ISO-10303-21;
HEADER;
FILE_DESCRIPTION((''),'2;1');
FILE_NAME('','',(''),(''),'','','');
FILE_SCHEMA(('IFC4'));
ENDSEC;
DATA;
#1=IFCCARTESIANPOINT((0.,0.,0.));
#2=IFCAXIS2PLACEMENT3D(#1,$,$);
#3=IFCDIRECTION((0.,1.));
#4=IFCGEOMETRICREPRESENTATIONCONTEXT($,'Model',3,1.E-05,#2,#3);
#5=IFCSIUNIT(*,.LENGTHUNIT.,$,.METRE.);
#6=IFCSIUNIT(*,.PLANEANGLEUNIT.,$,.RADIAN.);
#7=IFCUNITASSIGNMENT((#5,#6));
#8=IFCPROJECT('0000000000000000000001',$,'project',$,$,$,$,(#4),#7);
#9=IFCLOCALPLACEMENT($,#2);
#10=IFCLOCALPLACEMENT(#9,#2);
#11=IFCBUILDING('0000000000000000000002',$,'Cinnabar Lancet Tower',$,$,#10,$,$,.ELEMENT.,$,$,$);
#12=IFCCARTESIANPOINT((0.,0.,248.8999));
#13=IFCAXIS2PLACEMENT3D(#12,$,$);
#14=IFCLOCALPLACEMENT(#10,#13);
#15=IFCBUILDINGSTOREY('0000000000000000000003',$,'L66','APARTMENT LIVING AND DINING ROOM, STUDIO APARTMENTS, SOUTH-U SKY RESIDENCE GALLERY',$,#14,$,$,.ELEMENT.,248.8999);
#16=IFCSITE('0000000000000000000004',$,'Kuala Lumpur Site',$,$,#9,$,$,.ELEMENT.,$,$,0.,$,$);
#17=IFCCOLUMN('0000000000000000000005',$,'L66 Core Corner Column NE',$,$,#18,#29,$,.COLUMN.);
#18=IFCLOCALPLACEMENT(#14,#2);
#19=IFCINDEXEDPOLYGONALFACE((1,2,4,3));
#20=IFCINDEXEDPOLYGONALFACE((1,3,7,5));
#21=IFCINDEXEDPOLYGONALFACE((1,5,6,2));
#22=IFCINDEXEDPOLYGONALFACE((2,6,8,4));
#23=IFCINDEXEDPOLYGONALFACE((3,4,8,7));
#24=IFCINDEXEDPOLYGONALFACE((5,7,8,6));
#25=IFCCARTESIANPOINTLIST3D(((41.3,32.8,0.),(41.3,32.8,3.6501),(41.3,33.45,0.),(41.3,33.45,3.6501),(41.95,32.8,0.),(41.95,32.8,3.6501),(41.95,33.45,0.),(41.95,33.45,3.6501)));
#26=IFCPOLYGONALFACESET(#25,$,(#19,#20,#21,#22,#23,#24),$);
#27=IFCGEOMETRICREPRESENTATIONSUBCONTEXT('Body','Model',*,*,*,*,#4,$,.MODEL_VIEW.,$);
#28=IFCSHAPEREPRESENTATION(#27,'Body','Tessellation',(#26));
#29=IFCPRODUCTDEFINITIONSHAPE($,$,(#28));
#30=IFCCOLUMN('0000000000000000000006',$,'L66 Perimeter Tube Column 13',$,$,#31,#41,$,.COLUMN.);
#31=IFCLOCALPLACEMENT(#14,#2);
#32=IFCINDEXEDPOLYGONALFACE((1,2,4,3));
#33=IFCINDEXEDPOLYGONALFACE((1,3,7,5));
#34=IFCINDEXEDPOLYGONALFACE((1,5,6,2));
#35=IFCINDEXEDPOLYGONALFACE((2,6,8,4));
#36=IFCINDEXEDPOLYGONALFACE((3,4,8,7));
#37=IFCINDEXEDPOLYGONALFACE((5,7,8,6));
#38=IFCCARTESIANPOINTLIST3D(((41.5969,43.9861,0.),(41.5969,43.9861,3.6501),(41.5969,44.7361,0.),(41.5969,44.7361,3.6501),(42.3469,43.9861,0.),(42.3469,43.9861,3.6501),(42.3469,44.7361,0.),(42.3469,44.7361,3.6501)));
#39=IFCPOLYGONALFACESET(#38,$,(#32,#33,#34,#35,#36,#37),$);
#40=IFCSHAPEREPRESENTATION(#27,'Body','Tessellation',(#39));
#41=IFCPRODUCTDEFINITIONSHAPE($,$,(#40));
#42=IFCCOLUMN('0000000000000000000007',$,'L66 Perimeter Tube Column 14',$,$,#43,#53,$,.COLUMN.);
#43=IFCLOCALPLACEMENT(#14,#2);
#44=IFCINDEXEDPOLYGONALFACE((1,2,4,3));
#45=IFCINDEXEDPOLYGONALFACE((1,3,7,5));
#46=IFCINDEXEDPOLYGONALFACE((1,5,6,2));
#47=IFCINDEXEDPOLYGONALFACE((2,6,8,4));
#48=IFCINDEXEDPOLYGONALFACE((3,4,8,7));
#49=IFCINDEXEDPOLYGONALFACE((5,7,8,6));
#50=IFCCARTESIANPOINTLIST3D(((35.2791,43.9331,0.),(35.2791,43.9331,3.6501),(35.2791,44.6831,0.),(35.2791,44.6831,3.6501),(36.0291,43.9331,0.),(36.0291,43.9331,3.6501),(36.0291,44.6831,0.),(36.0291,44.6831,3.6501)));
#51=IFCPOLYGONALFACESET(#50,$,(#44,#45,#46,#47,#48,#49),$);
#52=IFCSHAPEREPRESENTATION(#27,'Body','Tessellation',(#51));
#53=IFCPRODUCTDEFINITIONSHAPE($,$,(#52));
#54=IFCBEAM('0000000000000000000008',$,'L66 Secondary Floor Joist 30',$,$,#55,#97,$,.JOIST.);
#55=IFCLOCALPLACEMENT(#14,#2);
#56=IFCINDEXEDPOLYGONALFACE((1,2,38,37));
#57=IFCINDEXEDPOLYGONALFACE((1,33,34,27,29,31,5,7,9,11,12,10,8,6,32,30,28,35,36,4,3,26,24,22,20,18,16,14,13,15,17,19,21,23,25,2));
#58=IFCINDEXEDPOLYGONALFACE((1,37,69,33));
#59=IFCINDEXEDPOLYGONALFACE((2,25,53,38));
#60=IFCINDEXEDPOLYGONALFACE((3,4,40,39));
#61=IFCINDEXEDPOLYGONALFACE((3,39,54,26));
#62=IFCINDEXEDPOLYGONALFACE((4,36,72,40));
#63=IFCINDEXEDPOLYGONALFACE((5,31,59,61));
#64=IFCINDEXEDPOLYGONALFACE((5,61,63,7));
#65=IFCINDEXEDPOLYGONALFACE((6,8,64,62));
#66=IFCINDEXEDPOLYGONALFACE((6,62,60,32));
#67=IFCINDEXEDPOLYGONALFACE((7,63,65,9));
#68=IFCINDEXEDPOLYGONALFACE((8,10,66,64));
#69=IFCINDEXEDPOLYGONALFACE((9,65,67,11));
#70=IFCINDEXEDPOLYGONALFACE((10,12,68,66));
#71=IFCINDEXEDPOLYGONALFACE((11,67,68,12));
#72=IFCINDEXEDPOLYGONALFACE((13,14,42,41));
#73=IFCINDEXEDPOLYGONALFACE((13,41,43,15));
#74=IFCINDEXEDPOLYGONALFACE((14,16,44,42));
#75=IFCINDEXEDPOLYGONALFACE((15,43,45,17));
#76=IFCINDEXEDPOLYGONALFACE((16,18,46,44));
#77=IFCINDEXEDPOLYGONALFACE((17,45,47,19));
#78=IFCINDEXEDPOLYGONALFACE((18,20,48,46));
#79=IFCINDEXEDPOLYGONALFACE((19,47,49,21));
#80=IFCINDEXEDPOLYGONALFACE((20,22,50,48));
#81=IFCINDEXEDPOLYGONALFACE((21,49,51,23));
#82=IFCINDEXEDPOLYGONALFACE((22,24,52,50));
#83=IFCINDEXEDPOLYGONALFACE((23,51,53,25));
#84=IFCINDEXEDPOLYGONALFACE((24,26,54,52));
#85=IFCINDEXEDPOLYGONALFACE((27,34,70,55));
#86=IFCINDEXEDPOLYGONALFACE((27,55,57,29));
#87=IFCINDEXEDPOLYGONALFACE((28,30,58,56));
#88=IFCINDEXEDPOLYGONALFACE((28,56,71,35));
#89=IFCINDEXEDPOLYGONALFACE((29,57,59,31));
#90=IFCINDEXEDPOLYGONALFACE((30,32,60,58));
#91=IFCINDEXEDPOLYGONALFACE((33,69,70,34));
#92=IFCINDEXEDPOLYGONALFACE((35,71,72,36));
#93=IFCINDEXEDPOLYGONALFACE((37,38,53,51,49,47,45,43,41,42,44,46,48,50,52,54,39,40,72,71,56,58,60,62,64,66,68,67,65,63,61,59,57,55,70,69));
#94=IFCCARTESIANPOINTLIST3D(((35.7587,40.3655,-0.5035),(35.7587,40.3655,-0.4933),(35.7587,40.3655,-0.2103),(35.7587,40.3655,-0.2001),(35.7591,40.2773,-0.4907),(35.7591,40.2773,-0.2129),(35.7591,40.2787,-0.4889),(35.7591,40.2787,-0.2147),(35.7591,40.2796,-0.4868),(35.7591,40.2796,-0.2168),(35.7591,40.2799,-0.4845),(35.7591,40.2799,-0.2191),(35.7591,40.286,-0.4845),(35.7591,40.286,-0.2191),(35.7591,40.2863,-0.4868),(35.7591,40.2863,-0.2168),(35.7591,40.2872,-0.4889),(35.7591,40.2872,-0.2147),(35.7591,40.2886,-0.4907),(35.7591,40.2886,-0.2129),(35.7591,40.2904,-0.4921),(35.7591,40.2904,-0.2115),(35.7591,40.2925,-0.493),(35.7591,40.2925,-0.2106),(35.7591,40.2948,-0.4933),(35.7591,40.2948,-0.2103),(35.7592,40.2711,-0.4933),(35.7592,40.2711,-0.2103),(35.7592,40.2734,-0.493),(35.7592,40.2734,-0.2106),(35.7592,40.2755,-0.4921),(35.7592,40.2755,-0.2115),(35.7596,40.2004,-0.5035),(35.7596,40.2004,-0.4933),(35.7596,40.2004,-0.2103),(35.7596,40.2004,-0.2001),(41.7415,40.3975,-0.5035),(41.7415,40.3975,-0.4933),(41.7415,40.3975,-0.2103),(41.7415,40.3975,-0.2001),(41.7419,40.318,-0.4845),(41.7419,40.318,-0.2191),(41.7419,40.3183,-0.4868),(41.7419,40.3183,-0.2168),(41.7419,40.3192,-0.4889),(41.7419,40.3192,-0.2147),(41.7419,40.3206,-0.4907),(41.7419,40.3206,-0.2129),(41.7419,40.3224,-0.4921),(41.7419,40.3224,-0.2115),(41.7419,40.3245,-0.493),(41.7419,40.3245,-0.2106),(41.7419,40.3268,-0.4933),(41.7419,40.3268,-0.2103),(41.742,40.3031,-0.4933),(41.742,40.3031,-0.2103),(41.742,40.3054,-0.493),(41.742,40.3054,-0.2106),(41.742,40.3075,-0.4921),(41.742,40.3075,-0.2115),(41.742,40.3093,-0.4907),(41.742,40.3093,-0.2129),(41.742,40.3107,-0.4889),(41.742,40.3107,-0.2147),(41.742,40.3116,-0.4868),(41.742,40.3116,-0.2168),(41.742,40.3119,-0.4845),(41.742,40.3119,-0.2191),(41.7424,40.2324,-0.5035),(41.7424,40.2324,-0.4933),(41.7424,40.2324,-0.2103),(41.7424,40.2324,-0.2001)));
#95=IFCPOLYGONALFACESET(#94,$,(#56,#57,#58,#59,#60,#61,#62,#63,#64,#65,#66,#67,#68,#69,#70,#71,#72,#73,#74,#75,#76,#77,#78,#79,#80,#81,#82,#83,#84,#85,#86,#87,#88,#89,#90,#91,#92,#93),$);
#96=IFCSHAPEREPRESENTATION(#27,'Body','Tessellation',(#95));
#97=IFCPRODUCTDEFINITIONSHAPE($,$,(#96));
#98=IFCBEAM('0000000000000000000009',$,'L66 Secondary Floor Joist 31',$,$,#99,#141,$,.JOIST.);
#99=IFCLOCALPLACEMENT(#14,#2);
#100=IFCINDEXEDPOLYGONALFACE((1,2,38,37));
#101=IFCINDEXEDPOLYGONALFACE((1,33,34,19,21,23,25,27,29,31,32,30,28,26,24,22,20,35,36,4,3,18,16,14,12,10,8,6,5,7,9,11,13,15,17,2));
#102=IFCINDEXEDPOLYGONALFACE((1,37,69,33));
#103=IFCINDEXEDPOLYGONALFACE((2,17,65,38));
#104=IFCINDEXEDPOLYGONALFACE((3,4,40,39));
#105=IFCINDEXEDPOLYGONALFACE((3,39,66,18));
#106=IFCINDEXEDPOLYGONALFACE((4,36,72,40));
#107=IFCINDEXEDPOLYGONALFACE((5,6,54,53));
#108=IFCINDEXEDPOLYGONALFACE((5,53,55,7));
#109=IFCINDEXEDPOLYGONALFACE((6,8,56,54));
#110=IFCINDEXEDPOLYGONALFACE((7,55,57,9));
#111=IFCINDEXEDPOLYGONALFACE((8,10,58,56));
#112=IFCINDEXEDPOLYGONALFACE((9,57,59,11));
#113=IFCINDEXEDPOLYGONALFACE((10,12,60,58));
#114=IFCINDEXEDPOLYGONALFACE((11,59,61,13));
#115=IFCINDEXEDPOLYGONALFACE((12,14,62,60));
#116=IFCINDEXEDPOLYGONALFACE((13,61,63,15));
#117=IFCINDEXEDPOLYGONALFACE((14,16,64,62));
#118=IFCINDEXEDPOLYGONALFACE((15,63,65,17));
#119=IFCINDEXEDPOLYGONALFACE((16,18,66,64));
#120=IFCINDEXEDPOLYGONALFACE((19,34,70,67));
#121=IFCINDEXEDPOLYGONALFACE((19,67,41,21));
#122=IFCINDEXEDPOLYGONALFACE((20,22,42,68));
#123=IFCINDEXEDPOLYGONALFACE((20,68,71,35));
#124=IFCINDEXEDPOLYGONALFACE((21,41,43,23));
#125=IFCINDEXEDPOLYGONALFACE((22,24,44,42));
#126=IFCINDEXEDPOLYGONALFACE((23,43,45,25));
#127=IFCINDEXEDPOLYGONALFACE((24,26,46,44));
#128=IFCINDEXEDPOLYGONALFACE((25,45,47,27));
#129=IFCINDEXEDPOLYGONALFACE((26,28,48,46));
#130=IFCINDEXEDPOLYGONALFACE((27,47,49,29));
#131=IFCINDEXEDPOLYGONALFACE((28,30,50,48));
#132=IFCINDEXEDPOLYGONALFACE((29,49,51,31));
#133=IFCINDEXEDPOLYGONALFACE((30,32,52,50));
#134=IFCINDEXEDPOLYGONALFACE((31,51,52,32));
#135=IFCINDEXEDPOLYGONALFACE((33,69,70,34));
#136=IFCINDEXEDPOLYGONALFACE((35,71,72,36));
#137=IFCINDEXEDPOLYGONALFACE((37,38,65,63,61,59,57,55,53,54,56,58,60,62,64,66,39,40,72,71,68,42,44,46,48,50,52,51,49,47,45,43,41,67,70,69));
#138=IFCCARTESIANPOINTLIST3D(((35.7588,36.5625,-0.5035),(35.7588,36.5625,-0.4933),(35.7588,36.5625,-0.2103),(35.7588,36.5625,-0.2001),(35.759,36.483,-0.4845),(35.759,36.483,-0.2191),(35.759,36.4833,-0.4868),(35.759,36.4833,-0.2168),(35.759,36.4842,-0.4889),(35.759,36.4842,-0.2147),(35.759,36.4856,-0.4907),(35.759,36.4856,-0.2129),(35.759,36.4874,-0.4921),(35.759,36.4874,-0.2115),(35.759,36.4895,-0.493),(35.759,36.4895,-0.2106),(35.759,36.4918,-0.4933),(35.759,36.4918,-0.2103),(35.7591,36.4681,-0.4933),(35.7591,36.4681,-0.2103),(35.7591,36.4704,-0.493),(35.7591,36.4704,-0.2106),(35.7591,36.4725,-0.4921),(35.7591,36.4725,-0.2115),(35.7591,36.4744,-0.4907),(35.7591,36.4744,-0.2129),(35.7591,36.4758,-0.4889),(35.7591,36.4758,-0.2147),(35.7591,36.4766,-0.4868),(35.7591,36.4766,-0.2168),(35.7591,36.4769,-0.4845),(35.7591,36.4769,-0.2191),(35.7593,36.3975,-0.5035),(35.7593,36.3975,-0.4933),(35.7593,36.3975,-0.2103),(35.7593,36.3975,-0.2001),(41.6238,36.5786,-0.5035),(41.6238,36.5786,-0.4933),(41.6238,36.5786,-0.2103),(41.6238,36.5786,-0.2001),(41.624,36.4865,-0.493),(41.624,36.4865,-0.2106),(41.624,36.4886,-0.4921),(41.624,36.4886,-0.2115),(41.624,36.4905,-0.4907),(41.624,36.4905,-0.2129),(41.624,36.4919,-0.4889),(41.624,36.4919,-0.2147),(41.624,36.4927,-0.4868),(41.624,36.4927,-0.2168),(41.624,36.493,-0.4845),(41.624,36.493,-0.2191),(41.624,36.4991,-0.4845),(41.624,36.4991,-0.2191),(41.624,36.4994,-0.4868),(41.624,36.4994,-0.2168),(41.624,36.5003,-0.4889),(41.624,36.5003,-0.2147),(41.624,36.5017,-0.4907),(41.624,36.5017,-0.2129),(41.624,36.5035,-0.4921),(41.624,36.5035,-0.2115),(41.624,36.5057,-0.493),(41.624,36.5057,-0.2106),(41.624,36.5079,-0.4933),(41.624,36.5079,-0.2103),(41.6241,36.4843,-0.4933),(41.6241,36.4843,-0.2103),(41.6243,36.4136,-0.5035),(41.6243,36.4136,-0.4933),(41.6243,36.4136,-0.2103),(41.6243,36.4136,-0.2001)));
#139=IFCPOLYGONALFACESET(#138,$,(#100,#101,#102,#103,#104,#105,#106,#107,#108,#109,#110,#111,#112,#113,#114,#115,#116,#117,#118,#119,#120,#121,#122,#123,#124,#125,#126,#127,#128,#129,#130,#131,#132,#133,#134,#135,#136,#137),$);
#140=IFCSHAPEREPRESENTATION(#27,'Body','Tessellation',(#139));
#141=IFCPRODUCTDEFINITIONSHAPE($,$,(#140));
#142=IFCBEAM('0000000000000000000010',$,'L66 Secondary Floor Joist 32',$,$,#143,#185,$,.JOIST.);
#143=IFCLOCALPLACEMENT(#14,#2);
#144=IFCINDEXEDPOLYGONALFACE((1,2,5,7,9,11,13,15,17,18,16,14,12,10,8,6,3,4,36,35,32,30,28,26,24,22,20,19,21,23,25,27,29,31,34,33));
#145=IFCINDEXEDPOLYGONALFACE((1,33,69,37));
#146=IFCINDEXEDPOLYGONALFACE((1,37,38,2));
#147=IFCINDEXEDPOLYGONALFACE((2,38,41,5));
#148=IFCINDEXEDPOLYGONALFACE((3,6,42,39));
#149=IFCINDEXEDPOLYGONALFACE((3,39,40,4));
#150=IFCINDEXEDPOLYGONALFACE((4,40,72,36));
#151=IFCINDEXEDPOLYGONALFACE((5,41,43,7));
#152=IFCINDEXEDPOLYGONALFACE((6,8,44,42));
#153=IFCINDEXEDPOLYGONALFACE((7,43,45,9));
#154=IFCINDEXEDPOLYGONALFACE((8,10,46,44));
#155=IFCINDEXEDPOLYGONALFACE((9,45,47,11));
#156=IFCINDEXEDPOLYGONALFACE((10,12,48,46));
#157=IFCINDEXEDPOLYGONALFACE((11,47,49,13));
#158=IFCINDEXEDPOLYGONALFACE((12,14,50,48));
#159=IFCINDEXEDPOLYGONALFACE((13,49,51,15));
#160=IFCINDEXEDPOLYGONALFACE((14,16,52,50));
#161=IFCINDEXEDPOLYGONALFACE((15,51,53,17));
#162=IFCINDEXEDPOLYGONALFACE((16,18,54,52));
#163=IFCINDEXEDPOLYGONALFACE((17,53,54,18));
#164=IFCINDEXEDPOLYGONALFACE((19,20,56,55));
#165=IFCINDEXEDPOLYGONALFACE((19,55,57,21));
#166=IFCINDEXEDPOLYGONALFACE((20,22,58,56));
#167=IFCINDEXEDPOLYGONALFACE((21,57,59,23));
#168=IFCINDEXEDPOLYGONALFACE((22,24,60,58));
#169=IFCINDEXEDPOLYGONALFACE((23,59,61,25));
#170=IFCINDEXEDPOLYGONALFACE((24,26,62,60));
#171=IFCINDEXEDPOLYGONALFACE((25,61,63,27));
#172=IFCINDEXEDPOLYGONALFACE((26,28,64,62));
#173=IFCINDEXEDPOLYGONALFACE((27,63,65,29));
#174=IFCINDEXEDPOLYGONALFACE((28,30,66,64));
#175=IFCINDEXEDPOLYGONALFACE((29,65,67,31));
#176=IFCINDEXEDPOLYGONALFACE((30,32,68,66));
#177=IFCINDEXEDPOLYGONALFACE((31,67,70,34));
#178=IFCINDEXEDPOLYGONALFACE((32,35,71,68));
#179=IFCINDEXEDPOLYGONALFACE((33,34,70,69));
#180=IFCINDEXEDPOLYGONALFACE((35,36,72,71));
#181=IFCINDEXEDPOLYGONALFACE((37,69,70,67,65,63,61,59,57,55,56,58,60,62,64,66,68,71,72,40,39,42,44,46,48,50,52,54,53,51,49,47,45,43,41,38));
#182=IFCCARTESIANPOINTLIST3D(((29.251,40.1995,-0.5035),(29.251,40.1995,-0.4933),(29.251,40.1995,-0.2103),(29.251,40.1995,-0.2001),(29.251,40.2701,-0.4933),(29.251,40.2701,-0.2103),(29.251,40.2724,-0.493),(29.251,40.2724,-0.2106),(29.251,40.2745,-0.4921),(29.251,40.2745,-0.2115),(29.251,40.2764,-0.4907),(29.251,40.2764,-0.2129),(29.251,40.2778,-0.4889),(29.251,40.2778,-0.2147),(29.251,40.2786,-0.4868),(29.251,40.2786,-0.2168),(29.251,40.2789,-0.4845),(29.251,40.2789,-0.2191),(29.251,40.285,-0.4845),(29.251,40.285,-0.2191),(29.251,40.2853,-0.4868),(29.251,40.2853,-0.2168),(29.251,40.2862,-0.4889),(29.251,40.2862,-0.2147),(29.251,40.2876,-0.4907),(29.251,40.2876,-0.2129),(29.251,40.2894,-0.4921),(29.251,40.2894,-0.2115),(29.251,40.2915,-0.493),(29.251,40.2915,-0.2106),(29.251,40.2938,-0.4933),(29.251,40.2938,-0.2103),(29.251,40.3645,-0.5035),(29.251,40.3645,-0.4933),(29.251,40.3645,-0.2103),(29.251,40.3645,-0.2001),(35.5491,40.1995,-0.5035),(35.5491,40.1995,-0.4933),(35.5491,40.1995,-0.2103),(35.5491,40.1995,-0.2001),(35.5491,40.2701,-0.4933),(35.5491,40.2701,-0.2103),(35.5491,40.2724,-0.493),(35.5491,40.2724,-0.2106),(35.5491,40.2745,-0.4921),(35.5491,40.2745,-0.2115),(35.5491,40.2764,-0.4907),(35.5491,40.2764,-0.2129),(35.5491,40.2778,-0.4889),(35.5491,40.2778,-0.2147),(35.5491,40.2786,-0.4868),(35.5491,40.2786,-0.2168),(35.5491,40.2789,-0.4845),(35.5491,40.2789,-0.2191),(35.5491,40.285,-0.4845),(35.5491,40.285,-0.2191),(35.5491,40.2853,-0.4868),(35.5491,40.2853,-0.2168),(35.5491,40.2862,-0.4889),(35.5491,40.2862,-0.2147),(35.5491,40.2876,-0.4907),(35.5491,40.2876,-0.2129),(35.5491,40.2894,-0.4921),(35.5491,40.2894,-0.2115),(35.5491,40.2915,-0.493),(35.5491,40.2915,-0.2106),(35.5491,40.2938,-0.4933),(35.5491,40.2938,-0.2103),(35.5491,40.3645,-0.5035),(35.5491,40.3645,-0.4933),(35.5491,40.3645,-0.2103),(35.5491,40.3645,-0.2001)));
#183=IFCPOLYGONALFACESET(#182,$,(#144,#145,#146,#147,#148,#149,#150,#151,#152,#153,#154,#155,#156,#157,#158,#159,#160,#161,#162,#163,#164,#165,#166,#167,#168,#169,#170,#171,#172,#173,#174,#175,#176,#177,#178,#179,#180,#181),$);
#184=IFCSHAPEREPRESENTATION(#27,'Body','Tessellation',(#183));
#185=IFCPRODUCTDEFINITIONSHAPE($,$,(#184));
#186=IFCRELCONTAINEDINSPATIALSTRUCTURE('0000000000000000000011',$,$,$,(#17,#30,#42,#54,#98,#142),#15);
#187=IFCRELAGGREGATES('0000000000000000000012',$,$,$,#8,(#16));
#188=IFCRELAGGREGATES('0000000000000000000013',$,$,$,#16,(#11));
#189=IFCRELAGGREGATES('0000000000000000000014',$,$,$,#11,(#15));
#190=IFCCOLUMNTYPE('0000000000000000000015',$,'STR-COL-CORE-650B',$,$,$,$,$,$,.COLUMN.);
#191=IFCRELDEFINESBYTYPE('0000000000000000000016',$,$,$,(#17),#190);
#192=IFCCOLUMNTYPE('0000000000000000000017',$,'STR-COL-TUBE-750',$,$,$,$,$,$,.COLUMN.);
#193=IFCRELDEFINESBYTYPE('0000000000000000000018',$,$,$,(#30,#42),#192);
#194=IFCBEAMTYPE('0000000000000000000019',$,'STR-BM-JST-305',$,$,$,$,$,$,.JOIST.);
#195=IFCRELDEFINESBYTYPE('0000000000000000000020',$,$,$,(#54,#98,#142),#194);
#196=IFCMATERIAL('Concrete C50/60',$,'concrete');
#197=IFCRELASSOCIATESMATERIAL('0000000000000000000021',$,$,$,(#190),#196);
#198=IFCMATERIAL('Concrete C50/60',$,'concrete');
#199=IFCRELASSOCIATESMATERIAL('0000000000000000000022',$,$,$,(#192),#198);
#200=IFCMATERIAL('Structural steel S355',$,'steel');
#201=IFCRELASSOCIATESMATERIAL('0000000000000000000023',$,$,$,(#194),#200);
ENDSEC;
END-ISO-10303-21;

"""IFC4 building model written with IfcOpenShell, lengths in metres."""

from ifc_helpers import new_model, si_unit, direction, frame, origin, origin_2d, place, context, subcontext, project, spatial, rectangle, i_section, extrude, material, material_profile, profile_set, type_object, element, save


model = new_model("IFC4")

# Units and contexts
model_context = context("Model", 3, precision=1e-05, world=origin(), true_north=direction((0.0, 1.0)))
body_context = subcontext(model_context, "Body", "Model", "MODEL_VIEW")
ifc_project = project(units=[si_unit("LENGTHUNIT", "METRE"), si_unit("PLANEANGLEUNIT", "RADIAN")], contexts=[model_context])

# Site, building, storey
site_placement = place(None, origin())
site = spatial("IfcSite", under=ifc_project, at=site_placement, Name="Kuala Lumpur Site", CompositionType="ELEMENT", RefElevation=0.0)
building_placement = place(site_placement, origin())
building = spatial("IfcBuilding", under=site, at=building_placement, Name="Cinnabar Lancet Tower", CompositionType="ELEMENT")
storey_placement = place(building_placement, frame((0.0, 0.0, 248.8999)))
storey = spatial("IfcBuildingStorey", under=building, at=storey_placement, Name="L66", Description="APARTMENT LIVING AND DINING ROOM, STUDIO APARTMENTS, SOUTH-U SKY RESIDENCE GALLERY", CompositionType="ELEMENT", Elevation=248.8999)

# Columns
ifc_material_1 = material(Name="Concrete C50/60", Category="concrete")
ifc_material_profile_1 = material_profile(ifc_material_1, rectangle(XDim=0.6499, YDim=0.6499, at=origin_2d()), Name="RC-COL 650x650")
ifc_profile_set_1 = profile_set([ifc_material_profile_1], Name="Concrete C50/60")
column_type_1 = type_object("IfcColumnType", Name="STR-COL-CORE-650B", PredefinedType="COLUMN", material=ifc_profile_set_1)
column_placement = place(storey_placement, frame((41.625, 33.125, 0.0), z_axis=(0.0, 0.0, 1.0), x_axis=(1.0, 0.0, 0.0)))
element("IfcColumn", 1, at=column_placement, inside=storey, type_object=column_type_1, Name="L66 Core Corner Column NE", PredefinedType="COLUMN", context=body_context, shape_type="SweptSolid", body=[
    extrude(rectangle(XDim=0.6499, YDim=0.6499, at=origin_2d()), origin(), (0.0, 0.0, 1.0), 3.6501),
])
ifc_material_2 = material(Name="Concrete C50/60", Category="concrete")
ifc_material_profile_2 = material_profile(ifc_material_2, rectangle(XDim=0.75, YDim=0.75, at=origin_2d()), Name="RC-COL 750x750")
ifc_profile_set_2 = profile_set([ifc_material_profile_2], Name="Concrete C50/60")
column_type_2 = type_object("IfcColumnType", Name="STR-COL-TUBE-750", PredefinedType="COLUMN", material=ifc_profile_set_2)
for number, where, z_axis, x_axis, name in (
    (2, (41.9719, 44.3611, 0.0), (0.0, 0.0, 1.0), (1.0, 0.0, 0.0), "L66 Perimeter Tube Column 13"),
    (3, (35.6541, 44.3081, 0.0), (0.0, 0.0, 1.0), (1.0, 0.0, 0.0), "L66 Perimeter Tube Column 14"),
):
    element("IfcColumn", number, at=place(storey_placement, frame(where, z_axis=z_axis, x_axis=x_axis)), inside=storey, type_object=column_type_2, Name=name, PredefinedType="COLUMN", context=body_context, shape_type="SweptSolid", body=[
        extrude(rectangle(XDim=0.75, YDim=0.75, at=origin_2d()), origin(), (0.0, 0.0, 1.0), 3.6501),
    ])

# Beams
ifc_material_3 = material(Name="Structural steel S355", Category="steel")
ifc_material_profile_3 = material_profile(ifc_material_3, i_section(OverallWidth=0.165, OverallDepth=0.3035, WebThickness=0.0061, FlangeThickness=0.0103, FilletRadius=0.0088, at=origin_2d()), Name="UKB 305x165x40")
ifc_profile_set_3 = profile_set([ifc_material_profile_3], Name="Structural steel S355")
beam_type_1 = type_object("IfcBeamType", Name="STR-BM-JST-305", PredefinedType="JOIST", material=ifc_profile_set_3)
beam_1_placement = place(storey_placement, frame((41.7419, 40.3149, -0.3518), z_axis=(-0.999986, -0.005346, 0.0), x_axis=(0.005346, -0.999986, 0.0)))
element("IfcBeam", 4, at=beam_1_placement, inside=storey, type_object=beam_type_1, Name="L66 Secondary Floor Joist 30", PredefinedType="JOIST", context=body_context, shape_type="SweptSolid", body=[
    extrude(i_section(OverallWidth=0.165, OverallDepth=0.3035, WebThickness=0.0061, FlangeThickness=0.0103, FilletRadius=0.0088, at=origin_2d()), origin(), (0.0, 0.0, 1.0), 5.9829),
])
beam_2_placement = place(storey_placement, frame((41.624, 36.4961, -0.3518), z_axis=(-0.999996, -0.002747, 0.0), x_axis=(0.002747, -0.999996, 0.0)))
element("IfcBeam", 5, at=beam_2_placement, inside=storey, type_object=beam_type_1, Name="L66 Secondary Floor Joist 31", PredefinedType="JOIST", context=body_context, shape_type="SweptSolid", body=[
    extrude(i_section(OverallWidth=0.165, OverallDepth=0.3035, WebThickness=0.0061, FlangeThickness=0.0103, FilletRadius=0.0088, at=origin_2d()), origin(), (0.0, 0.0, 1.0), 5.865),
])
for number, where, z_axis, x_axis, name in (
    (6, (35.5491, 40.282, -0.3518), (-1.0, 0.0, 0.0), (0.0, -1.0, 0.0), "L66 Secondary Floor Joist 32"),
):
    element("IfcBeam", number, at=place(storey_placement, frame(where, z_axis=z_axis, x_axis=x_axis)), inside=storey, type_object=beam_type_1, Name=name, PredefinedType="JOIST", context=body_context, shape_type="SweptSolid", body=[
        extrude(i_section(OverallWidth=0.165, OverallDepth=0.3035, WebThickness=0.0061, FlangeThickness=0.0103, FilletRadius=0.0088, at=origin_2d()), origin(), (0.0, 0.0, 1.0), 6.2981),
    ])

save(model, "model.ifc")
